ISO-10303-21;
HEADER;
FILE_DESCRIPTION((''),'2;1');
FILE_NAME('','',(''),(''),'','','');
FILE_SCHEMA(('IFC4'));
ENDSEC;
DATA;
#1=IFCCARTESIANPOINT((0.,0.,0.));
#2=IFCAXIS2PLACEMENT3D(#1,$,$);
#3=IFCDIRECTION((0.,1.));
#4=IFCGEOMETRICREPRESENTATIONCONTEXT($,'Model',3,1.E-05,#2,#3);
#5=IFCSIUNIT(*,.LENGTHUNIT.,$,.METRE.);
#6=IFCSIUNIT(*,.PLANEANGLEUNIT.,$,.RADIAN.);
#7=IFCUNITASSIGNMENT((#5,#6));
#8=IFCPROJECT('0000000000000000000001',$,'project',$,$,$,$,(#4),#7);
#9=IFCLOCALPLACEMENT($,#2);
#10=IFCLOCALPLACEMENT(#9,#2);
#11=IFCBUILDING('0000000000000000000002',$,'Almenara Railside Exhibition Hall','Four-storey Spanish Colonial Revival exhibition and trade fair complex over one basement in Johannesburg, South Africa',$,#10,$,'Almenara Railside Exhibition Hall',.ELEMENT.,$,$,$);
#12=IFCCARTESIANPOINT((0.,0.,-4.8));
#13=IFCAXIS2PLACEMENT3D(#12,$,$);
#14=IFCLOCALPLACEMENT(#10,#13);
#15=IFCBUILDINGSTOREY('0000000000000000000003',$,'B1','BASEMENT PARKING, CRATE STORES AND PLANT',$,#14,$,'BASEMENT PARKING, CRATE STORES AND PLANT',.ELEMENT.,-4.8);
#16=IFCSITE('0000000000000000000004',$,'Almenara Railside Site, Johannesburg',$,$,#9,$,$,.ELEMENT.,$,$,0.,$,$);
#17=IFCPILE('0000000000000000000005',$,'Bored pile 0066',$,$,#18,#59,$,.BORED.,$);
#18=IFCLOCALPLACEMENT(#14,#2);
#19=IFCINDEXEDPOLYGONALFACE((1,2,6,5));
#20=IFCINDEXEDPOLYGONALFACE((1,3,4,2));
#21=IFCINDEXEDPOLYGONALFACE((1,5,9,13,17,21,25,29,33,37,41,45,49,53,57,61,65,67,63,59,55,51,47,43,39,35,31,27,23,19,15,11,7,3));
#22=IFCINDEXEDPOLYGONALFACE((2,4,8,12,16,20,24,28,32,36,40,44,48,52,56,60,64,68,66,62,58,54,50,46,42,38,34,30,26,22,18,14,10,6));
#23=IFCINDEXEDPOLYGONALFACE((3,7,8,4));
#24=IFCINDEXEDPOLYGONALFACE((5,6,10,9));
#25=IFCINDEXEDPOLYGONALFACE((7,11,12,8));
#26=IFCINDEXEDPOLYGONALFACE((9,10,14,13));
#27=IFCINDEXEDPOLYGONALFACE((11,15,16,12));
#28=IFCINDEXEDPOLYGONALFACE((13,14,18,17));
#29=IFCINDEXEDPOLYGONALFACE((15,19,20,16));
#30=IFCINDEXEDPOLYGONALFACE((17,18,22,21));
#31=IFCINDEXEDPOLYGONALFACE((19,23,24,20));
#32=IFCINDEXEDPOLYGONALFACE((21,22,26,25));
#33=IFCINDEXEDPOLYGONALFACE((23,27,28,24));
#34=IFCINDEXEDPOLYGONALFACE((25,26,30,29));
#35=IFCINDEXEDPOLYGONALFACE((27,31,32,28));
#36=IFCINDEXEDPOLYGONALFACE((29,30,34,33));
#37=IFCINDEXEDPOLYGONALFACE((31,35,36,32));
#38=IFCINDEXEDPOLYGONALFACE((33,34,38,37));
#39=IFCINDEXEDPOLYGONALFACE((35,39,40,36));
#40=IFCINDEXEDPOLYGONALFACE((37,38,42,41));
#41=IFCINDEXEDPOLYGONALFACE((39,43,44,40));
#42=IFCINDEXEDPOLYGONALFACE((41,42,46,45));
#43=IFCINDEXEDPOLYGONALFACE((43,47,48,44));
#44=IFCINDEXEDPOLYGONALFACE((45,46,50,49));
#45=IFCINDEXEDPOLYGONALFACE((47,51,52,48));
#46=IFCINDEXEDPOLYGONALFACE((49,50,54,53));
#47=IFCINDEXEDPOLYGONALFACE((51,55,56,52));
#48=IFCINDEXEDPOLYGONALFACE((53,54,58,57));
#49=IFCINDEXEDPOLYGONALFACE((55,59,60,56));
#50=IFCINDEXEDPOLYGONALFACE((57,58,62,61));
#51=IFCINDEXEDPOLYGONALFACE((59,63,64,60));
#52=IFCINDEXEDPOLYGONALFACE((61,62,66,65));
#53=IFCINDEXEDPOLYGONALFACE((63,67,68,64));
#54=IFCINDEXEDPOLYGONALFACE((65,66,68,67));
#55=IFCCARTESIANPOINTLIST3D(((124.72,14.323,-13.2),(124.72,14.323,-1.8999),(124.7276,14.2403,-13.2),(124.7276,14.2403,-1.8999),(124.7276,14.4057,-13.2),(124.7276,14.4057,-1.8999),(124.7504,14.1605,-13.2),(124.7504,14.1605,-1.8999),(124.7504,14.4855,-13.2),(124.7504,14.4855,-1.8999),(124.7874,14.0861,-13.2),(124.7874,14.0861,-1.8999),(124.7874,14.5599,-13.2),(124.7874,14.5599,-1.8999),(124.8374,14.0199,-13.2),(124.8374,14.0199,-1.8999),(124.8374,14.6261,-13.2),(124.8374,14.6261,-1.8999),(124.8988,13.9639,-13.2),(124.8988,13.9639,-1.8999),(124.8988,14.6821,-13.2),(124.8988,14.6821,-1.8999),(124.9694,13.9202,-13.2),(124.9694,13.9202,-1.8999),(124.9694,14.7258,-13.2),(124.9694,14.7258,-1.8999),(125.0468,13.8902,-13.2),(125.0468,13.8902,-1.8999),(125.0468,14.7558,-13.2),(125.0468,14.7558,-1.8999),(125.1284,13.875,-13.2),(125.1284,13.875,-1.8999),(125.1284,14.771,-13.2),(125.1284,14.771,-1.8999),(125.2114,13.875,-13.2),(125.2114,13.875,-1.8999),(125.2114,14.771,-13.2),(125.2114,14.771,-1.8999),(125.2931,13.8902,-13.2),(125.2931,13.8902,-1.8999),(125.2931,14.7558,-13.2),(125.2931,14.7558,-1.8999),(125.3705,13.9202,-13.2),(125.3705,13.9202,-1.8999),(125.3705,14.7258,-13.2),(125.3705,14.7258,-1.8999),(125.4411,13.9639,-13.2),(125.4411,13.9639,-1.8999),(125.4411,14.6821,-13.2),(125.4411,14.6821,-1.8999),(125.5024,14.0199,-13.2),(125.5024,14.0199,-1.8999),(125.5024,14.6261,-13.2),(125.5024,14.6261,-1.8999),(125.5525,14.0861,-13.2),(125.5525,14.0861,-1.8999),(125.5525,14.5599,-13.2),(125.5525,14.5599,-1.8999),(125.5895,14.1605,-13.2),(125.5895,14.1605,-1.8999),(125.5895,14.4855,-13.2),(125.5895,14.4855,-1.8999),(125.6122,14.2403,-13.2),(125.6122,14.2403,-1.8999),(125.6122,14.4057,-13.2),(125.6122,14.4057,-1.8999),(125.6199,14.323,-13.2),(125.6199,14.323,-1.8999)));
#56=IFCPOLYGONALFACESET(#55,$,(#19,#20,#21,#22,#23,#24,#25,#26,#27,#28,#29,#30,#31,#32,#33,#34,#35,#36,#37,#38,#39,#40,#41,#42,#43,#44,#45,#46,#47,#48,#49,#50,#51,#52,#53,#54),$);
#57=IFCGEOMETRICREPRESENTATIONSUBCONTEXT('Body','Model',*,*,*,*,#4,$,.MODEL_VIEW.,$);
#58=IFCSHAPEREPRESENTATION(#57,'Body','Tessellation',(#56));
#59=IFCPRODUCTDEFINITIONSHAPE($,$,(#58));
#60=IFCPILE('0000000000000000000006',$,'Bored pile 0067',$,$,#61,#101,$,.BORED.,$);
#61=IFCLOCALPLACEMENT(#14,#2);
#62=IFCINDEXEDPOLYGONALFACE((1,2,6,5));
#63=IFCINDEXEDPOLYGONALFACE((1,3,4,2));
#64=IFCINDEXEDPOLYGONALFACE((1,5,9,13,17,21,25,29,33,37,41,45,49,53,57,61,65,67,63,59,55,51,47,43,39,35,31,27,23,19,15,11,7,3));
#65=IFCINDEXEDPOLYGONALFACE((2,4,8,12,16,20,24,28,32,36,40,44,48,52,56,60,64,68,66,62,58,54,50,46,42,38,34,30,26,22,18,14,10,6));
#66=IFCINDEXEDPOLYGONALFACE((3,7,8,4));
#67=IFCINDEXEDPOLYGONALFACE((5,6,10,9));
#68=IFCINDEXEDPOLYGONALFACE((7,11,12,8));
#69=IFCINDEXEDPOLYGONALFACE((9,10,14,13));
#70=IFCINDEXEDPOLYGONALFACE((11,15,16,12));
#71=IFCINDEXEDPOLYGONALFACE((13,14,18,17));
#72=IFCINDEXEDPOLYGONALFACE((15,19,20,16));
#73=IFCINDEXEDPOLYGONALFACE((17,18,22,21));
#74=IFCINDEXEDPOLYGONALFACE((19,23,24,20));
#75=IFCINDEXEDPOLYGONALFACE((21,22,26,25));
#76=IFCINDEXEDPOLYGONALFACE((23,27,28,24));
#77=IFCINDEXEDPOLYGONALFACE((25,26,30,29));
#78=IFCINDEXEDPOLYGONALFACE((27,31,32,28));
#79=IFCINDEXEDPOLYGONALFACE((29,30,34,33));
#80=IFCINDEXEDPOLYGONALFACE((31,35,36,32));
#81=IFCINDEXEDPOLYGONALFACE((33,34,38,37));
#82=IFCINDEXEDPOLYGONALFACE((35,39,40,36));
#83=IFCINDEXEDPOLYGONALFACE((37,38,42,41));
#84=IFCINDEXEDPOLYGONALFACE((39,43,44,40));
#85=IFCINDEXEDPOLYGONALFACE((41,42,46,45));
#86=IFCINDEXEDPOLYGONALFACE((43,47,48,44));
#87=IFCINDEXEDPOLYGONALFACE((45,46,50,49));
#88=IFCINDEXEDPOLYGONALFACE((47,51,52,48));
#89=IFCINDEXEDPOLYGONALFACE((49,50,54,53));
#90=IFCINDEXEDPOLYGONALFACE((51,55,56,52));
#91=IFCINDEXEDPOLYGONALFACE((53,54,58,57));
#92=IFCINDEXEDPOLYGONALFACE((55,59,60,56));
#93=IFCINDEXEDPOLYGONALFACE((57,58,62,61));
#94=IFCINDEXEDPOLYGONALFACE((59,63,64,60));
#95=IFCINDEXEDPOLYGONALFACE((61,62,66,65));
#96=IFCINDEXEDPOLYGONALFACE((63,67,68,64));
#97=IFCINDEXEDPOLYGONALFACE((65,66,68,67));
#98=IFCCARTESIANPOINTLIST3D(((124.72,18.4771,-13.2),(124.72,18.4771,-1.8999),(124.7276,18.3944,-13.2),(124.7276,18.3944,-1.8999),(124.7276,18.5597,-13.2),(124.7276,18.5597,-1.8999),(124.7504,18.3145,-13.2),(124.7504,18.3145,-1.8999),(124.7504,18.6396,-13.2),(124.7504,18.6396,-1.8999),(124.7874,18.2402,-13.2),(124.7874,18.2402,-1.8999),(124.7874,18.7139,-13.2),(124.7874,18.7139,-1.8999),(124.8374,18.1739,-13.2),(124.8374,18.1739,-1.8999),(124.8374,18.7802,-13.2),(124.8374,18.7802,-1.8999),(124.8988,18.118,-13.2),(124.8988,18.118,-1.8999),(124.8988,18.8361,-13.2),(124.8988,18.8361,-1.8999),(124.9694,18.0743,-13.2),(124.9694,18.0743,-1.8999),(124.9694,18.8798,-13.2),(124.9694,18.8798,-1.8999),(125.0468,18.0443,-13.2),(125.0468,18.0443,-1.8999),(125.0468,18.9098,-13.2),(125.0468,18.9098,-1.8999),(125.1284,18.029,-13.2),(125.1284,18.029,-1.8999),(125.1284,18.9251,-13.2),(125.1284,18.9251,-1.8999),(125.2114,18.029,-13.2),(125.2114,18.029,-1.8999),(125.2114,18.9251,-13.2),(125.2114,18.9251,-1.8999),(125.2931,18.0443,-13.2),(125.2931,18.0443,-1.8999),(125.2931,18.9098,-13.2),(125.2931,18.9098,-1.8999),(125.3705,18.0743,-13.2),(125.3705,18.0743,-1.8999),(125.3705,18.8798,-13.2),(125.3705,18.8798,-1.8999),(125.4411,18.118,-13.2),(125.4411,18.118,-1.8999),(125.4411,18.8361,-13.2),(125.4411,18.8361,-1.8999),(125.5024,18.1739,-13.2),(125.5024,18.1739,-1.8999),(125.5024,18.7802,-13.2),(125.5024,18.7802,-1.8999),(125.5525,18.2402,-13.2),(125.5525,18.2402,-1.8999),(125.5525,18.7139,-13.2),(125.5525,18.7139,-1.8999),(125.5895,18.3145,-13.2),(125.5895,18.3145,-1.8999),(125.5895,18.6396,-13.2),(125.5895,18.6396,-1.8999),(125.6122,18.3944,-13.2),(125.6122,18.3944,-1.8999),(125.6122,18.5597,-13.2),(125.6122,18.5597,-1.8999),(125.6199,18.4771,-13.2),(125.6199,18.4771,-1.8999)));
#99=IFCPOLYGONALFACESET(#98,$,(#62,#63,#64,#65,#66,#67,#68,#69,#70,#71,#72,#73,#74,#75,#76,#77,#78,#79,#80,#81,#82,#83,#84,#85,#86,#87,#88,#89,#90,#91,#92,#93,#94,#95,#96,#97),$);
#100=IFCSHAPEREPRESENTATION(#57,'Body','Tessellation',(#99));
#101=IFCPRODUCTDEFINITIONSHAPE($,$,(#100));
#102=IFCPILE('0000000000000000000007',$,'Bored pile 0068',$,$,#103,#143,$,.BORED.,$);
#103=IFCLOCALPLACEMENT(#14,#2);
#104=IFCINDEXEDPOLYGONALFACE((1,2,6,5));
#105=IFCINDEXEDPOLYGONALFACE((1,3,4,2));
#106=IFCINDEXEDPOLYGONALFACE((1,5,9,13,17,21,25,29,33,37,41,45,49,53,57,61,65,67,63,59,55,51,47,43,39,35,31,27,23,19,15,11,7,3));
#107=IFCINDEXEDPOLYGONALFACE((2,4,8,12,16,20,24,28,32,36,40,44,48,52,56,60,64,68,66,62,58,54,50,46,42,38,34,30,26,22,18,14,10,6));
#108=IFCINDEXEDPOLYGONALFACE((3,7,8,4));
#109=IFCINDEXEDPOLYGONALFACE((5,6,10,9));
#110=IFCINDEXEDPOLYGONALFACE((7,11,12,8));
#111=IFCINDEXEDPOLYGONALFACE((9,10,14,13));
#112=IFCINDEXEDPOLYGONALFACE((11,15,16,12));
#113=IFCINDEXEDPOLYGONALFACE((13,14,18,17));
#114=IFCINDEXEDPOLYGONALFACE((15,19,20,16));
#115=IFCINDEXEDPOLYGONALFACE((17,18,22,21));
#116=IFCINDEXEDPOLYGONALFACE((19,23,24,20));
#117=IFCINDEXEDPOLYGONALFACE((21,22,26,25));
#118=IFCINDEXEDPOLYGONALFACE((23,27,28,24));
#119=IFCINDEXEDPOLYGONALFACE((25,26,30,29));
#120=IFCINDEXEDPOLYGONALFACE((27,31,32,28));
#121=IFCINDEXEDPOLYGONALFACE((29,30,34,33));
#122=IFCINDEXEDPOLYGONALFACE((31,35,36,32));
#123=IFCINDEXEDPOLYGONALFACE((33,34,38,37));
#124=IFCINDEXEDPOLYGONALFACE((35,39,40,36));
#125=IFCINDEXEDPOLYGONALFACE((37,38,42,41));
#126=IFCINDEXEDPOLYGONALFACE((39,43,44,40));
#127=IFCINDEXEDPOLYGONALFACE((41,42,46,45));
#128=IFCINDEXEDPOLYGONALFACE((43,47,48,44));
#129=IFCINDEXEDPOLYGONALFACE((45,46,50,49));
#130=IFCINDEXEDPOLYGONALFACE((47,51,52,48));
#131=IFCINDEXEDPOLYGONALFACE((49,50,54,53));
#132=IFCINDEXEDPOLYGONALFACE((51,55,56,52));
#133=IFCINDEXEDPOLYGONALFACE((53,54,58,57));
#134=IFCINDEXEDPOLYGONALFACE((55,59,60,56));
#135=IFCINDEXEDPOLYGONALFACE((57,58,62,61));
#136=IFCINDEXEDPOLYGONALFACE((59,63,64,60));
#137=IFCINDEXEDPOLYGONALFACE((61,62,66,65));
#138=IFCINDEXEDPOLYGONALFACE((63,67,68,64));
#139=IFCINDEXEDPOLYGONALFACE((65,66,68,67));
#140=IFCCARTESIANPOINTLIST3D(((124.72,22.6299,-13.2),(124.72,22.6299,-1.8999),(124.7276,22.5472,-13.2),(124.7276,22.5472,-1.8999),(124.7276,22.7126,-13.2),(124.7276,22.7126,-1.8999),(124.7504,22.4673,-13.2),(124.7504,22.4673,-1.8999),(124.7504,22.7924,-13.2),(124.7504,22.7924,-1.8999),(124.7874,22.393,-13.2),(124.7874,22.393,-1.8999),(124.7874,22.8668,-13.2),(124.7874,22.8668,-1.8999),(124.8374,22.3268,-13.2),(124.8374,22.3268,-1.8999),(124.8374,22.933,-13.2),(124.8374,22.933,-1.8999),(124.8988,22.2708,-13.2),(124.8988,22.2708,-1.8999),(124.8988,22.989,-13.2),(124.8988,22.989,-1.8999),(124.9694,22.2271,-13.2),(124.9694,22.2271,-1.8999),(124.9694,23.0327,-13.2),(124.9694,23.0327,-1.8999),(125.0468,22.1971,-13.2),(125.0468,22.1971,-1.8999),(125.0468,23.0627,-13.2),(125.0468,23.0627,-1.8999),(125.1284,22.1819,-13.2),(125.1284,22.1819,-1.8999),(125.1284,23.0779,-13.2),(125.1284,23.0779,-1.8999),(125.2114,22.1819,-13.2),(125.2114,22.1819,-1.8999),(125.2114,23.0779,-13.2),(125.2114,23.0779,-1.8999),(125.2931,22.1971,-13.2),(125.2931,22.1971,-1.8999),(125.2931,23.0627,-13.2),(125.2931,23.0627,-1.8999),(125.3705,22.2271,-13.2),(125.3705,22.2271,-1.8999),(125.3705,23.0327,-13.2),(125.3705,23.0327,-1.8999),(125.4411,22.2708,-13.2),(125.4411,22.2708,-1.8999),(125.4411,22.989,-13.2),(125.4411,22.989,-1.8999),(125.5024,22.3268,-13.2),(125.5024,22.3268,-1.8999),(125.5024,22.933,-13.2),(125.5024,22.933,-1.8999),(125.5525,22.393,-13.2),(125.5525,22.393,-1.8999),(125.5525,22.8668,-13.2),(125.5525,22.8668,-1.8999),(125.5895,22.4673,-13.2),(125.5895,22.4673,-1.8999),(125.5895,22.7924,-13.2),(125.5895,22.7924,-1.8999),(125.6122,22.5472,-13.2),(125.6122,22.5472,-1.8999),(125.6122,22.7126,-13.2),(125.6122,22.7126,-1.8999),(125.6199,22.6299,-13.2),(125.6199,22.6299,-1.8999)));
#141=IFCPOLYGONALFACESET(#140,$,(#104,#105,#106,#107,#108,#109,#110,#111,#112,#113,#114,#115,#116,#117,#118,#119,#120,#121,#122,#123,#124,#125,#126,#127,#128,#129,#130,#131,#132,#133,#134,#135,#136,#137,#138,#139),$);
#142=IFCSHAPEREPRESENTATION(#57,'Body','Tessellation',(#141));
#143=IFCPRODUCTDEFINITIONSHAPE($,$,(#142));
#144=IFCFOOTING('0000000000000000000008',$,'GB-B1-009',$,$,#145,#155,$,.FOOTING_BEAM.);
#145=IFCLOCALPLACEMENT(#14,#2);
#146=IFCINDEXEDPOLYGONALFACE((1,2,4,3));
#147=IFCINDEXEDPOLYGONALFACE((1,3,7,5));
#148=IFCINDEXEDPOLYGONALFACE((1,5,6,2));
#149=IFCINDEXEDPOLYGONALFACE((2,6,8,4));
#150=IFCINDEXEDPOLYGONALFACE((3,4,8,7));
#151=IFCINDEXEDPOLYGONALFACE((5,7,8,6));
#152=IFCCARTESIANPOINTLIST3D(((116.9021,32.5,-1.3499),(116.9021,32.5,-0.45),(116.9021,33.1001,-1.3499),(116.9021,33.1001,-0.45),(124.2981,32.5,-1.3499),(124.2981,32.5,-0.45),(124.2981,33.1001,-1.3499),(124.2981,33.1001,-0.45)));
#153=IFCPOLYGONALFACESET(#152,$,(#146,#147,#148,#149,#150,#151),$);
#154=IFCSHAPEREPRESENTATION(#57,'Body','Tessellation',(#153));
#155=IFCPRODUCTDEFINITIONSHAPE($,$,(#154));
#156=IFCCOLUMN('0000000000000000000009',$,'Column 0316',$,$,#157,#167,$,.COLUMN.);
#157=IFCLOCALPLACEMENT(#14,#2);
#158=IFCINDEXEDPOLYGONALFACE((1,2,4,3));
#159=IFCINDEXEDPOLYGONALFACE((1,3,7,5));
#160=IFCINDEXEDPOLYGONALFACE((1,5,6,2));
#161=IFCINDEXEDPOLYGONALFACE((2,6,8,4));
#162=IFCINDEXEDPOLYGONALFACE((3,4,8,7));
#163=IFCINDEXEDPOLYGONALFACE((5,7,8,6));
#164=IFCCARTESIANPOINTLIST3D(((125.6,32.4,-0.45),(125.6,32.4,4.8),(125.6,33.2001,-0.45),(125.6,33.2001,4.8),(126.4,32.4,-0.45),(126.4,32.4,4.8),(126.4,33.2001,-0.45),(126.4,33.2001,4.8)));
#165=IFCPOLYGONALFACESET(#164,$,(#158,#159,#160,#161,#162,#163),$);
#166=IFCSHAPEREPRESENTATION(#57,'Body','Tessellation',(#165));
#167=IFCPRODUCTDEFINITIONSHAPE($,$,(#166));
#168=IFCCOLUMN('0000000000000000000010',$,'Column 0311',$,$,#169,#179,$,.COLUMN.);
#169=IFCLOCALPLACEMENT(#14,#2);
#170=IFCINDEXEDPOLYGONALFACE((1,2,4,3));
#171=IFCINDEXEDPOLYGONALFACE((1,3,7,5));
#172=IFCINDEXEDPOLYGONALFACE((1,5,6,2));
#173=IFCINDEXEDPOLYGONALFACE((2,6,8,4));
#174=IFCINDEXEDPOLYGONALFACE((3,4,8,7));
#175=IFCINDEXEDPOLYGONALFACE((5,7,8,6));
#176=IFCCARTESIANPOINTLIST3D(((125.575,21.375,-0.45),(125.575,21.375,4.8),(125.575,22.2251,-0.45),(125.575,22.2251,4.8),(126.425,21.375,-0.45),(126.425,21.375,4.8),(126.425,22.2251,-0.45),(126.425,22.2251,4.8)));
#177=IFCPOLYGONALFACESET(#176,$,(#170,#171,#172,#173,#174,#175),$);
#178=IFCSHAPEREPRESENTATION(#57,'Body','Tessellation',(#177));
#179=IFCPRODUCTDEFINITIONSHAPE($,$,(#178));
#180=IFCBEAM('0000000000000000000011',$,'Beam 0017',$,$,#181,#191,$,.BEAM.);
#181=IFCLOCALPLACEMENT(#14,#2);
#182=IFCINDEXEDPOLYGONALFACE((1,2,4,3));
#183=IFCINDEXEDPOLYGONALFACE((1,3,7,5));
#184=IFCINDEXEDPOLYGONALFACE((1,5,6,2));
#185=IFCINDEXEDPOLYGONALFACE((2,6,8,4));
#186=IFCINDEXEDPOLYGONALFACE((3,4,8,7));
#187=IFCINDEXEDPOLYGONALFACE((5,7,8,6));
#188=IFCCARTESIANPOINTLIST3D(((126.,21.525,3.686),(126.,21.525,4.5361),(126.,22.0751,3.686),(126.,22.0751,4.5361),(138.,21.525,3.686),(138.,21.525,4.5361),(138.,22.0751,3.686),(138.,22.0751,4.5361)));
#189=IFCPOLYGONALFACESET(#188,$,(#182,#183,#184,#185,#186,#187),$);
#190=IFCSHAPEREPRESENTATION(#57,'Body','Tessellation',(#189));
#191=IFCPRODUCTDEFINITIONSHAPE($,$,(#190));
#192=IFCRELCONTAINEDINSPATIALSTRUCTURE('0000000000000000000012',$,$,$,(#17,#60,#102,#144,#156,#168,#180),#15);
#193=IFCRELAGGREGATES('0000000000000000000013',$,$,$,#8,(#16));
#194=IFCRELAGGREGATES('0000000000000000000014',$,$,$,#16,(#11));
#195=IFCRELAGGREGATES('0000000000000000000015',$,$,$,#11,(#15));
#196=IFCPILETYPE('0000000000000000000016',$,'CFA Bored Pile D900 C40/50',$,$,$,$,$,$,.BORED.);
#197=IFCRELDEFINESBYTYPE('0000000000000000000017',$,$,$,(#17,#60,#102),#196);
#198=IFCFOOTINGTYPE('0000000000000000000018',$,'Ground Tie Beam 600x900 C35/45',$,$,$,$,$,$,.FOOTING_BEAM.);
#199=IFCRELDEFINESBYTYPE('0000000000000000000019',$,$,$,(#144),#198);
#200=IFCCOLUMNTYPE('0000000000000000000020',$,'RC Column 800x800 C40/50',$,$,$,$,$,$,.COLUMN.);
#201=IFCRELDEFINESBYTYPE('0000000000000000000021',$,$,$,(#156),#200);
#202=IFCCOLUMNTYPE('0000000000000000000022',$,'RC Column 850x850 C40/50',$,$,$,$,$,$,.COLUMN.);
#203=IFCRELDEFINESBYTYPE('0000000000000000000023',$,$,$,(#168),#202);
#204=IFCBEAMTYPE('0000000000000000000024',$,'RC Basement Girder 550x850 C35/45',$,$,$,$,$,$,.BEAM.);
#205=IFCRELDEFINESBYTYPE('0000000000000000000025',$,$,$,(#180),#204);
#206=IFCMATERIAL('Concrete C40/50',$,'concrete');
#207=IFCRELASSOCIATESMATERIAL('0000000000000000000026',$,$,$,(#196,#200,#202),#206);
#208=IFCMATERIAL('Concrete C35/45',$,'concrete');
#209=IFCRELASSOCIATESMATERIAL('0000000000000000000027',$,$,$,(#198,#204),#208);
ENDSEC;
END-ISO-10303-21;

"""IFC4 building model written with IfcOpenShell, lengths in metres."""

from ifc_helpers import new_model, si_unit, direction, frame, origin, origin_2d, place, context, subcontext, project, spatial, rectangle, circle, extrude, material, material_profile, profile_set, type_object, element, save


model = new_model("IFC4")

# Units and contexts
model_context = context("Model", 3, precision=1e-05, world=origin(), true_north=direction((0.0, 1.0)))
body_context = subcontext(model_context, "Body", "Model", "MODEL_VIEW")
ifc_project = project(units=[si_unit("LENGTHUNIT", "METRE"), si_unit("PLANEANGLEUNIT", "RADIAN")], contexts=[model_context])

# Site, building, storey
site_placement = place(None, origin())
site = spatial("IfcSite", under=ifc_project, at=site_placement, Name="Almenara Railside Site, Johannesburg", CompositionType="ELEMENT", RefElevation=0.0)
building_placement = place(site_placement, origin())
building = spatial("IfcBuilding", under=site, at=building_placement, Name="Almenara Railside Exhibition Hall", Description="Four-storey Spanish Colonial Revival exhibition and trade fair complex over one basement in Johannesburg, South Africa", LongName="Almenara Railside Exhibition Hall", CompositionType="ELEMENT")
storey_placement = place(building_placement, frame((0.0, 0.0, -4.8)))
storey = spatial("IfcBuildingStorey", under=building, at=storey_placement, Name="B1", Description="BASEMENT PARKING, CRATE STORES AND PLANT", LongName="BASEMENT PARKING, CRATE STORES AND PLANT", CompositionType="ELEMENT", Elevation=-4.8)

# Piles
ifc_material_1 = material(Name="Concrete C40/50", Category="concrete")
ifc_material_profile_1 = material_profile(ifc_material_1, circle(Radius=0.45, at=origin_2d()), Name="CFA-PILE D900")
ifc_profile_set_1 = profile_set([ifc_material_profile_1], Name="Concrete C40/50")
pile_type_1 = type_object("IfcPileType", Name="CFA Bored Pile D900 C40/50", PredefinedType="BORED", material=ifc_profile_set_1)
for number, where, z_axis, x_axis, name in (
    (1, (125.1699, 14.323, -1.8999), (0.0, 0.0, -1.0), (1.0, 0.0, 0.0), "Bored pile 0066"),
    (2, (125.1699, 18.4771, -1.8999), (0.0, 0.0, -1.0), (1.0, 0.0, 0.0), "Bored pile 0067"),
    (3, (125.1699, 22.6299, -1.8999), (0.0, 0.0, -1.0), (1.0, 0.0, 0.0), "Bored pile 0068"),
):
    element("IfcPile", number, at=place(storey_placement, frame(where, z_axis=z_axis, x_axis=x_axis)), inside=storey, type_object=pile_type_1, Name=name, PredefinedType="BORED", context=body_context, shape_type="SweptSolid", body=[
        extrude(circle(Radius=0.45, at=origin_2d()), origin(), (0.0, 0.0, 1.0), 11.3),
    ])

# Footing
ifc_material_2 = material(Name="Concrete C35/45", Category="concrete")
ifc_material_profile_2 = material_profile(ifc_material_2, rectangle(XDim=0.6001, YDim=0.8999, at=origin_2d()), Name="RC-GB 600x900")
ifc_profile_set_2 = profile_set([ifc_material_profile_2], Name="Concrete C35/45")
footing_type = type_object("IfcFootingType", Name="Ground Tie Beam 600x900 C35/45", PredefinedType="FOOTING_BEAM", material=ifc_profile_set_2)
footing_placement = place(storey_placement, frame((116.9021, 32.8, -0.8999), z_axis=(1.0, 0.0, 0.0), x_axis=(0.0, 1.0, 0.0)))
element("IfcFooting", 4, at=footing_placement, inside=storey, type_object=footing_type, Name="GB-B1-009", PredefinedType="FOOTING_BEAM", context=body_context, shape_type="SweptSolid", body=[
    extrude(rectangle(XDim=0.6001, YDim=0.8999, at=origin_2d()), origin(), (0.0, 0.0, 1.0), 7.396),
])

# Columns
ifc_material_profile_3 = material_profile(ifc_material_1, rectangle(XDim=0.8, YDim=0.8, at=origin_2d()), Name="RC 800x800")
ifc_profile_set_3 = profile_set([ifc_material_profile_3], Name="Concrete C40/50")
column_type_1 = type_object("IfcColumnType", Name="RC Column 800x800 C40/50", PredefinedType="COLUMN", material=ifc_profile_set_3)
column_1_placement = place(storey_placement, frame((126.0, 32.8, -0.45), z_axis=(0.0, 0.0, 1.0), x_axis=(1.0, 0.0, 0.0)))
element("IfcColumn", 5, at=column_1_placement, inside=storey, type_object=column_type_1, Name="Column 0316", PredefinedType="COLUMN", context=body_context, shape_type="SweptSolid", body=[
    extrude(rectangle(XDim=0.8, YDim=0.8, at=origin_2d()), origin(), (0.0, 0.0, 1.0), 5.25),
])
ifc_material_profile_4 = material_profile(ifc_material_1, rectangle(XDim=0.8501, YDim=0.8501, at=origin_2d()), Name="RC 850x850")
ifc_profile_set_4 = profile_set([ifc_material_profile_4], Name="Concrete C40/50")
column_type_2 = type_object("IfcColumnType", Name="RC Column 850x850 C40/50", PredefinedType="COLUMN", material=ifc_profile_set_4)
column_2_placement = place(storey_placement, frame((126.0, 21.8, -0.45), z_axis=(0.0, 0.0, 1.0), x_axis=(1.0, 0.0, 0.0)))
element("IfcColumn", 6, at=column_2_placement, inside=storey, type_object=column_type_2, Name="Column 0311", PredefinedType="COLUMN", context=body_context, shape_type="SweptSolid", body=[
    extrude(rectangle(XDim=0.8501, YDim=0.8501, at=origin_2d()), origin(), (0.0, 0.0, 1.0), 5.25),
])

# Beam
ifc_material_profile_5 = material_profile(ifc_material_2, rectangle(XDim=0.55, YDim=0.8501, at=origin_2d()), Name="RC 550x850")
ifc_profile_set_5 = profile_set([ifc_material_profile_5], Name="Concrete C35/45")
beam_type_1 = type_object("IfcBeamType", Name="RC Basement Girder 550x850 C35/45", PredefinedType="BEAM", material=ifc_profile_set_5)
for number, where, z_axis, x_axis, name in (
    (7, (126.0, 21.8, 4.1111), (1.0, 0.0, 0.0), (0.0, 1.0, 0.0), "Beam 0017"),
):
    element("IfcBeam", number, at=place(storey_placement, frame(where, z_axis=z_axis, x_axis=x_axis)), inside=storey, type_object=beam_type_1, Name=name, PredefinedType="BEAM", context=body_context, shape_type="SweptSolid", body=[
        extrude(rectangle(XDim=0.55, YDim=0.8501, at=origin_2d()), origin(), (0.0, 0.0, 1.0), 12.0),
    ])

save(model, "model.ifc")
